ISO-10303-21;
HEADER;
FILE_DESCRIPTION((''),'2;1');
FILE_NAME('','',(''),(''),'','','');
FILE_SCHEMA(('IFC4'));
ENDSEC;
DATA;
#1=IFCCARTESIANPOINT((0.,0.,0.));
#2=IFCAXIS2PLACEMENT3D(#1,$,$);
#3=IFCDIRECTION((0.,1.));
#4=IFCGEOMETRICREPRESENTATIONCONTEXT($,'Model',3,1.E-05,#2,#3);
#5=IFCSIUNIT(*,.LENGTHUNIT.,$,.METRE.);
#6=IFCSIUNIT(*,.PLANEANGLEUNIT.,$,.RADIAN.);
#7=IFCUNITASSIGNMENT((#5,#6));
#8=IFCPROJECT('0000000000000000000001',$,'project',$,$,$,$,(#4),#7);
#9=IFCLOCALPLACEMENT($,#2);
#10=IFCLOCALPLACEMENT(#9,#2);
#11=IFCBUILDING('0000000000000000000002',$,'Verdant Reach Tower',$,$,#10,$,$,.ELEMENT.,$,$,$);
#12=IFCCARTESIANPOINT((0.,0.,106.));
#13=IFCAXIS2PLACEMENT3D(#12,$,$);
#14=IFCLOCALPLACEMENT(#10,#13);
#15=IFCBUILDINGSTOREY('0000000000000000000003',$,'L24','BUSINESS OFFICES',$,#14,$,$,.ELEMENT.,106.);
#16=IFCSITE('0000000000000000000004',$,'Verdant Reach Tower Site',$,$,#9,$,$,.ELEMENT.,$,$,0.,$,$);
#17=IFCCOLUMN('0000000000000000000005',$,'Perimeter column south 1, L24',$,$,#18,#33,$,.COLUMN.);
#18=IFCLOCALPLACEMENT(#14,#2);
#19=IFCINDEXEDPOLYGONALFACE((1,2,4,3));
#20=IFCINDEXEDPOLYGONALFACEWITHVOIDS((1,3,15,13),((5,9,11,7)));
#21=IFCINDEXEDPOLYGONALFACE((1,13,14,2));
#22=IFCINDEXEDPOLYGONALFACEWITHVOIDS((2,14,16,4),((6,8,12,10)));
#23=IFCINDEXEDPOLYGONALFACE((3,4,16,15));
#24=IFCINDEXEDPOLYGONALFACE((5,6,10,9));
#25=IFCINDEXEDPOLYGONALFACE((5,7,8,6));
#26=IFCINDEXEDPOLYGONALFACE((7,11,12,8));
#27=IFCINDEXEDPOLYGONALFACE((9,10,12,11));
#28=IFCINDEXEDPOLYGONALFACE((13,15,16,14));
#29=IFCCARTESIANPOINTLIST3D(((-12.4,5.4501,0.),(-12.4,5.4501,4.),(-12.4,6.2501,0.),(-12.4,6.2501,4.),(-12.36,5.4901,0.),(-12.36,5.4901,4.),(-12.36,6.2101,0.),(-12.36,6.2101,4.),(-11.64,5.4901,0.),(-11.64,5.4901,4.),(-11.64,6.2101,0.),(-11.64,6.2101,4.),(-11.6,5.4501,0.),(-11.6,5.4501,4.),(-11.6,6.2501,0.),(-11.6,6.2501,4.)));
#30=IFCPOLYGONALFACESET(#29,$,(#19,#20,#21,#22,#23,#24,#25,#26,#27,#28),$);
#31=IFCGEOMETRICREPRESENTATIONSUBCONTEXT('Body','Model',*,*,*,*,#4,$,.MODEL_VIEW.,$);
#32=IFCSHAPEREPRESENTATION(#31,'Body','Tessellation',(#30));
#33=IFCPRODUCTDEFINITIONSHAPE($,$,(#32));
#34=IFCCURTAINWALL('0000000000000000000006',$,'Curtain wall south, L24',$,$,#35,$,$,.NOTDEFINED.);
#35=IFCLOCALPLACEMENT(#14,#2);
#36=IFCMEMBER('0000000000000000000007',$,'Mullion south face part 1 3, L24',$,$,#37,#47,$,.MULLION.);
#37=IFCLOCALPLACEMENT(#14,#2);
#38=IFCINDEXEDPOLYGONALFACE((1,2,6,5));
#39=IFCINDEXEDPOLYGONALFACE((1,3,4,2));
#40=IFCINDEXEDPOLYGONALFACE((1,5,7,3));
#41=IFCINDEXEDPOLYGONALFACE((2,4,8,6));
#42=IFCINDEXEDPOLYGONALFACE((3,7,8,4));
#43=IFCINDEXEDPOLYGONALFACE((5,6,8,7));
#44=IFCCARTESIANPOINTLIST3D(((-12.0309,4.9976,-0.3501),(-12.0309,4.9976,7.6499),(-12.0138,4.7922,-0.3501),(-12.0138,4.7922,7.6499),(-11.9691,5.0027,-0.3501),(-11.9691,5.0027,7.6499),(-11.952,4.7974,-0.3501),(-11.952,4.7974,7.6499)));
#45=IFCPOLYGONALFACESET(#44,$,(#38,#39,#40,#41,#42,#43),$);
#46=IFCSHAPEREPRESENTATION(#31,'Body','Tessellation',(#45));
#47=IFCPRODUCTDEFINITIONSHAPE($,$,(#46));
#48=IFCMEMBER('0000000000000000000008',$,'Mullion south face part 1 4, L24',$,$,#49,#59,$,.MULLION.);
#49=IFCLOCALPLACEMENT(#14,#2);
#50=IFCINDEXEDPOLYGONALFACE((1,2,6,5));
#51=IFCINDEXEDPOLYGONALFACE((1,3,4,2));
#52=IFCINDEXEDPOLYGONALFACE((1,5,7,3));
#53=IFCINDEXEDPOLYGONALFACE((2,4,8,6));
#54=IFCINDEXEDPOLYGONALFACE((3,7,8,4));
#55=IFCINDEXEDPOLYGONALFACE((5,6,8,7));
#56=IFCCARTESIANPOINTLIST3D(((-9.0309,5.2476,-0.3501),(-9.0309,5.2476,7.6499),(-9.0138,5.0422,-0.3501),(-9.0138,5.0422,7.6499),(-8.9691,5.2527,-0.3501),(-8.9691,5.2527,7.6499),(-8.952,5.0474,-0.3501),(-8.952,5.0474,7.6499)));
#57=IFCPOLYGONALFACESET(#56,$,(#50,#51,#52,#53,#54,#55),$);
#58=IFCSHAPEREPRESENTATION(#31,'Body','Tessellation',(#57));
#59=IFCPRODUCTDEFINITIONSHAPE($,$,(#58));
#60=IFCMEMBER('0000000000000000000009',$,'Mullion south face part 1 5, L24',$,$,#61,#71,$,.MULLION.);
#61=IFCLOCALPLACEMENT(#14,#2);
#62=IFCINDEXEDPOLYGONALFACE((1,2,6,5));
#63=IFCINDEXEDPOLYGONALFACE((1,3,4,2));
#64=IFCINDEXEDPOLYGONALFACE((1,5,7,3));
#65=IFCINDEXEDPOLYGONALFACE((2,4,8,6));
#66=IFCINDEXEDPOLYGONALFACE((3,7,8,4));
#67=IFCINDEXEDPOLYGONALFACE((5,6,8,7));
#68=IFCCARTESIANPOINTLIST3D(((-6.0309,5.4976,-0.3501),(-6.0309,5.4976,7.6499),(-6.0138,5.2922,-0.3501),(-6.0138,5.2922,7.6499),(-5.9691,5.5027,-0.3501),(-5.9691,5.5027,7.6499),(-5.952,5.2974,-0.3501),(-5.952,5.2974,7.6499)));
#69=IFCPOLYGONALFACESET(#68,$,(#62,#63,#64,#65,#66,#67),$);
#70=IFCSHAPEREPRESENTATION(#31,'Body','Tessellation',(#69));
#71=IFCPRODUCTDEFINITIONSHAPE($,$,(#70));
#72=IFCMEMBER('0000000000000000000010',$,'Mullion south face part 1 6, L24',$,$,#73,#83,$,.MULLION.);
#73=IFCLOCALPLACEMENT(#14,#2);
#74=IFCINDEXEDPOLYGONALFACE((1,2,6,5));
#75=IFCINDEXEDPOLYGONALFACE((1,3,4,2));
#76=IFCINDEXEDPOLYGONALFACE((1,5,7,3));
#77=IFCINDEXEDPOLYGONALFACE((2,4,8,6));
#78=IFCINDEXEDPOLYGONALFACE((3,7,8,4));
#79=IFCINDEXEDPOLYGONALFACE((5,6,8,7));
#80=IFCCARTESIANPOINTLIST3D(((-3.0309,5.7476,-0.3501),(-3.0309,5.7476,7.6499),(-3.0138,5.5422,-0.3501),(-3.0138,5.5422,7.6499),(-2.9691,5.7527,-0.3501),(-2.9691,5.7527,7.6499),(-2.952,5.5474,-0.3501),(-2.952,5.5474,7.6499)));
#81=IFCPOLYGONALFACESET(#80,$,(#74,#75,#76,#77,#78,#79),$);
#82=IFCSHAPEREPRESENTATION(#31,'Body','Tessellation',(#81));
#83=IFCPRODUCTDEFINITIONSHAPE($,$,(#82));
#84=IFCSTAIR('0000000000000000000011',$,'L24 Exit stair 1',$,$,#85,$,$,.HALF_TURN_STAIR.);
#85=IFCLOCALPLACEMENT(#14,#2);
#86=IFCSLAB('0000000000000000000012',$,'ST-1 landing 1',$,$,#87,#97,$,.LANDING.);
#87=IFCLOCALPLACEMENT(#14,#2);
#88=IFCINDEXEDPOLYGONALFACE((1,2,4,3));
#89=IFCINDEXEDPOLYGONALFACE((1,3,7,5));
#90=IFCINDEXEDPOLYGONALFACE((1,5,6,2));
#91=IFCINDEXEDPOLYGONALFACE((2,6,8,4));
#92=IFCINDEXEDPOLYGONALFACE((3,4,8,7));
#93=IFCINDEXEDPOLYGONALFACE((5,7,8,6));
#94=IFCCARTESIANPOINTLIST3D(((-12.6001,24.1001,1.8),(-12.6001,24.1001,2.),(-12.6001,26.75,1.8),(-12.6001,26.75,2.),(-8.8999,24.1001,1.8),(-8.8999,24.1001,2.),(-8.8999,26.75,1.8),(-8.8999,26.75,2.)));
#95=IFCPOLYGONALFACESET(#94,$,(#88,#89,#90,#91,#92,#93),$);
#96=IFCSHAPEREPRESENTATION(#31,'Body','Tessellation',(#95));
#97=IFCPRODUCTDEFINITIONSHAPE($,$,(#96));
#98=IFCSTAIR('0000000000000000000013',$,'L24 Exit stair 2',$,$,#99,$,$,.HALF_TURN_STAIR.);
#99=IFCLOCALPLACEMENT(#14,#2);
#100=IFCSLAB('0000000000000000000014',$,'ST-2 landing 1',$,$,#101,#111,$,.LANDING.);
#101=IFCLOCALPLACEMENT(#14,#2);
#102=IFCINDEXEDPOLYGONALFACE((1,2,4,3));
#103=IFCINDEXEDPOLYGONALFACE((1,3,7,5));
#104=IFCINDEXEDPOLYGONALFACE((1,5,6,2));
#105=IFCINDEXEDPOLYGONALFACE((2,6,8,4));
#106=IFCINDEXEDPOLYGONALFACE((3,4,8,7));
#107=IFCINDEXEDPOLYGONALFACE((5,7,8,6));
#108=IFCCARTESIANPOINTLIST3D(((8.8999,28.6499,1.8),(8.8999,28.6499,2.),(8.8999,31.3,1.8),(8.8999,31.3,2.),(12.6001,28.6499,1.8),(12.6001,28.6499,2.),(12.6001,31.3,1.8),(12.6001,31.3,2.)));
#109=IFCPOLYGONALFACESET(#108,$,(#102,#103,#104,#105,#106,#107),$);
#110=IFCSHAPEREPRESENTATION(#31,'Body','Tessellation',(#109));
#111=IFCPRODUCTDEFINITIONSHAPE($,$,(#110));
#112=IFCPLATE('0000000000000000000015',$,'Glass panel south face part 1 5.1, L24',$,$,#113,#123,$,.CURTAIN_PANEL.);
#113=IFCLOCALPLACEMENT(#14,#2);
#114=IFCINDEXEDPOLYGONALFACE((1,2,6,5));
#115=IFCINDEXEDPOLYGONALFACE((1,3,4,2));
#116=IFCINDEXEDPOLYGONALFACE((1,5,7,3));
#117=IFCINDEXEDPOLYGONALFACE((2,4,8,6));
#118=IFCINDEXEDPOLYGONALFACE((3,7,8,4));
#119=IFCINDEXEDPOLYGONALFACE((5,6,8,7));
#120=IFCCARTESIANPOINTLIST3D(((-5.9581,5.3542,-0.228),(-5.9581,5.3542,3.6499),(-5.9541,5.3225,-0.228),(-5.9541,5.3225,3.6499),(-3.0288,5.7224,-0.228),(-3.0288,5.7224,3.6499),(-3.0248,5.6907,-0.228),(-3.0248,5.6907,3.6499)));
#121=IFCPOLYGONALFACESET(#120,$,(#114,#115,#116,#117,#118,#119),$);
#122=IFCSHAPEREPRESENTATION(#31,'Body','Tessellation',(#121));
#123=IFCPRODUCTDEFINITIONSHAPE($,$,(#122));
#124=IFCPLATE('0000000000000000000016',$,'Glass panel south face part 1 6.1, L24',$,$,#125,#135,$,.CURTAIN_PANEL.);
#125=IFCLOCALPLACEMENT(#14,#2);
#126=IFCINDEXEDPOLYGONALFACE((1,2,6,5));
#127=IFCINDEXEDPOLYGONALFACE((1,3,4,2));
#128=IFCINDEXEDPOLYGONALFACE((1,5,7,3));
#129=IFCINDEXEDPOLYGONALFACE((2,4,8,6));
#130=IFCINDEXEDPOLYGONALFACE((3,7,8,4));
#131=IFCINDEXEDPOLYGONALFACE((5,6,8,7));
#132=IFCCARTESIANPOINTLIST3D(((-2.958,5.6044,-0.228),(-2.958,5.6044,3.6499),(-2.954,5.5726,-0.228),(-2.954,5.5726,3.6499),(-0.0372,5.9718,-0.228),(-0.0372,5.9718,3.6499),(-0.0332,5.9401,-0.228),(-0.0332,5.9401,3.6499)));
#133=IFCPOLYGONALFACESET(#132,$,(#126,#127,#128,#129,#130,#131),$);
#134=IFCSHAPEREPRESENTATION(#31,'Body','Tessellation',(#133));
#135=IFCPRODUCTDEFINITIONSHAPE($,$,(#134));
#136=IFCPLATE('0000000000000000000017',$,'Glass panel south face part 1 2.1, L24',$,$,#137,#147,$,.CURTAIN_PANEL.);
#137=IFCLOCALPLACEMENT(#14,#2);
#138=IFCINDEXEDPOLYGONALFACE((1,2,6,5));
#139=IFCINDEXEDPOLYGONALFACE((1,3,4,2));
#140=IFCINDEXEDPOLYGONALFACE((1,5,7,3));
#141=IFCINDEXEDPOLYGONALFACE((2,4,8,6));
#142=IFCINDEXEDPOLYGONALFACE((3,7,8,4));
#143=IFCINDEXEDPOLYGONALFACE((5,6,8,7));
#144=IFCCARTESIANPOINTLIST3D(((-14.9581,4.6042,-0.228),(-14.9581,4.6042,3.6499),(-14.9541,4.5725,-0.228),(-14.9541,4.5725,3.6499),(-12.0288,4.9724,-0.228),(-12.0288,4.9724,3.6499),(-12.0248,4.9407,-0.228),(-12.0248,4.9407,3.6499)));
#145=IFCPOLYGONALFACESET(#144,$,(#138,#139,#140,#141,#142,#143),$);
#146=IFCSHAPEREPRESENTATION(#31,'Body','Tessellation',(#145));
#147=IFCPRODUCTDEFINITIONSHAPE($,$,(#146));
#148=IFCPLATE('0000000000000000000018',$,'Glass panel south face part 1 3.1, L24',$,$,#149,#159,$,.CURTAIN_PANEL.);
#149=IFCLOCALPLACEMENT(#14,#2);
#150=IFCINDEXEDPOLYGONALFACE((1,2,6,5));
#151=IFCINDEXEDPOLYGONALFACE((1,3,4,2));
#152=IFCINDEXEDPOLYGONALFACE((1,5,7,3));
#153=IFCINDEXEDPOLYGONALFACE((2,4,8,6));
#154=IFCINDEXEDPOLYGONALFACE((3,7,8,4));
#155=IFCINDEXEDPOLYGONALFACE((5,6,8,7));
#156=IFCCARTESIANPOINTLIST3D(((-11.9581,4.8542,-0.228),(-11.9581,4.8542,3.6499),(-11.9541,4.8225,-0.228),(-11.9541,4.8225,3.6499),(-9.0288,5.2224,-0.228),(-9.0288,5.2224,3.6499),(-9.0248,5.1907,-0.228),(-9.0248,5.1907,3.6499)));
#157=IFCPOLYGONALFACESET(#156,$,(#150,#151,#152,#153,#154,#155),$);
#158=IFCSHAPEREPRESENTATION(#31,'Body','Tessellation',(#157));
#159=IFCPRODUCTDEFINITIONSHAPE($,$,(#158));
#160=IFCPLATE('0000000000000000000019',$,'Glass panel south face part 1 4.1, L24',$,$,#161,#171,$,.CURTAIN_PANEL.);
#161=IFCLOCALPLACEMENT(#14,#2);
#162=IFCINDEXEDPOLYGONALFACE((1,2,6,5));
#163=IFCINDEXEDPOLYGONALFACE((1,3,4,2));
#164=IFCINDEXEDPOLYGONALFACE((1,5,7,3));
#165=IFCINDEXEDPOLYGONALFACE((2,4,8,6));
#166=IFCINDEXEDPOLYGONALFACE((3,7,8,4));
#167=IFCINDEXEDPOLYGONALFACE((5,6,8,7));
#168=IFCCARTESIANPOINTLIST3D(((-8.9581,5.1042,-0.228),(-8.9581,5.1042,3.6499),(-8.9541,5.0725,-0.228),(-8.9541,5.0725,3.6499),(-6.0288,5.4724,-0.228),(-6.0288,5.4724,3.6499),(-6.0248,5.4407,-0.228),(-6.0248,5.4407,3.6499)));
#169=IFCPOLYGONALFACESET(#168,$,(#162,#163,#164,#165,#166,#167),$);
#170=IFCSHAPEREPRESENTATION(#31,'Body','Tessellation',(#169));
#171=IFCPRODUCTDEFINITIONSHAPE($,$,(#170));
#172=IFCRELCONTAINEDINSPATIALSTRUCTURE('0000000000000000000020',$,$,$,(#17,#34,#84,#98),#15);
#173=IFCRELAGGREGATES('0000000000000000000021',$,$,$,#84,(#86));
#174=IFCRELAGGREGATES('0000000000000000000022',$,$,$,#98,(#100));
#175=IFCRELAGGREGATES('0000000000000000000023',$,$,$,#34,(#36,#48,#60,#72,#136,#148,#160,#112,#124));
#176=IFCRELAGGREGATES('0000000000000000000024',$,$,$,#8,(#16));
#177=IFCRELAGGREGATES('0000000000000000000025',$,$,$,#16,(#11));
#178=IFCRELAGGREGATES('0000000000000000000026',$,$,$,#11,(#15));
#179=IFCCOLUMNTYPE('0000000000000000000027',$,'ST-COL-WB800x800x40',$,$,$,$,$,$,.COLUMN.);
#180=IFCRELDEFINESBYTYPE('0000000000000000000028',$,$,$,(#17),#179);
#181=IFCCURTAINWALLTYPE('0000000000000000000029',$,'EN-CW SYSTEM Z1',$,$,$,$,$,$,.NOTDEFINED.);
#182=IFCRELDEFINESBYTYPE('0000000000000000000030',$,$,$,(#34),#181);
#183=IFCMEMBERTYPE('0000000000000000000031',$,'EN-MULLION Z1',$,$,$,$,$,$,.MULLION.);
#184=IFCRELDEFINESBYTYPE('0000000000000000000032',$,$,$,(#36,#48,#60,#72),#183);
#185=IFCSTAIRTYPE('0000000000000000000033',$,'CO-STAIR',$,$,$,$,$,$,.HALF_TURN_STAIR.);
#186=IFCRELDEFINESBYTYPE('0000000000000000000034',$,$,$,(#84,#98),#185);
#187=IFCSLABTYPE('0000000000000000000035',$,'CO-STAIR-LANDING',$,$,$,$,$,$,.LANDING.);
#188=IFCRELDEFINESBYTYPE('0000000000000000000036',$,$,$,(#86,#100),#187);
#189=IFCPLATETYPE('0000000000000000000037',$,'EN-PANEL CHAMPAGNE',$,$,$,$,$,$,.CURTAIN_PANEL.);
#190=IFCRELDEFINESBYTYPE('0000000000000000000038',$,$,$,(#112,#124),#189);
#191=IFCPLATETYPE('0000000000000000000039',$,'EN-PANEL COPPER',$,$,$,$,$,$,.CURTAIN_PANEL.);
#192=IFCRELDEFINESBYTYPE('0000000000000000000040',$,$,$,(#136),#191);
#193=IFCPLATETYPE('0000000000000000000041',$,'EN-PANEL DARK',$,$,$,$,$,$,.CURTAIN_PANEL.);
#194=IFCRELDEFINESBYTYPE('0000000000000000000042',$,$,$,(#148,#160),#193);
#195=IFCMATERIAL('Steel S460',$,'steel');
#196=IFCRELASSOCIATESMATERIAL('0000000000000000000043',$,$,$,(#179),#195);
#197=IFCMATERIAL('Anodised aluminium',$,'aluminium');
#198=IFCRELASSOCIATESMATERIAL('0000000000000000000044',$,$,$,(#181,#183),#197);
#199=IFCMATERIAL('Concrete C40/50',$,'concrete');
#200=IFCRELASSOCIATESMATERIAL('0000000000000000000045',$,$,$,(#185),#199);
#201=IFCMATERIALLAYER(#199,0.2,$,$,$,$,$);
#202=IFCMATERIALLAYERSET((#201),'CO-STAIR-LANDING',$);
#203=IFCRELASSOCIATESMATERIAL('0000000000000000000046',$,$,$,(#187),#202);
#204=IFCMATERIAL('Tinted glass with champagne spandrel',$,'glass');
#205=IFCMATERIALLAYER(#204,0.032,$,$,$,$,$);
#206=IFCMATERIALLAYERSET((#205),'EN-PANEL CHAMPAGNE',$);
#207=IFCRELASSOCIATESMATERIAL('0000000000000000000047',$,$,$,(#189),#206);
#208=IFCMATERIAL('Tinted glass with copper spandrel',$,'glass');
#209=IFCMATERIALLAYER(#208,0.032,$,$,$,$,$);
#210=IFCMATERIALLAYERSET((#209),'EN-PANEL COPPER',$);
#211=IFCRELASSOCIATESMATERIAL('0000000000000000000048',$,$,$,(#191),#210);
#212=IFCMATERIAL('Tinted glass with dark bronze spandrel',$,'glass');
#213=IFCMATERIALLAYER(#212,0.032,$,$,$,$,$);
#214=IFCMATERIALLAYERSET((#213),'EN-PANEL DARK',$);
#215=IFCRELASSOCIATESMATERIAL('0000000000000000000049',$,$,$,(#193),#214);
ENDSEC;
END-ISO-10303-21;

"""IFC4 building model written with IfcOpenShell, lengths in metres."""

from ifc_helpers import new_model, si_unit, direction, frame, origin, origin_2d, place, context, subcontext, project, spatial, polyline, rectangle, hollow_rectangle, outline, extrude, material, layer, layer_set, material_profile, profile_set, type_object, element, aggregate, save


model = new_model("IFC4")

# Units and contexts
model_context = context("Model", 3, precision=1e-05, world=origin(), true_north=direction((0.0, 1.0)))
body_context = subcontext(model_context, "Body", "Model", "MODEL_VIEW")
ifc_project = project(units=[si_unit("LENGTHUNIT", "METRE"), si_unit("PLANEANGLEUNIT", "RADIAN")], contexts=[model_context])

# Site, building, storey
site_placement = place(None, origin())
site = spatial("IfcSite", under=ifc_project, at=site_placement, Name="Verdant Reach Tower Site", CompositionType="ELEMENT", RefElevation=0.0)
building_placement = place(site_placement, origin())
building = spatial("IfcBuilding", under=site, at=building_placement, Name="Verdant Reach Tower", CompositionType="ELEMENT")
storey_placement = place(building_placement, frame((0.0, 0.0, 106.0)))
storey = spatial("IfcBuildingStorey", under=building, at=storey_placement, Name="L24", Description="BUSINESS OFFICES", CompositionType="ELEMENT", Elevation=106.0)

# Column
ifc_material_1 = material(Name="Steel S460", Category="steel")
ifc_material_profile_1 = material_profile(ifc_material_1, hollow_rectangle(XDim=0.8, YDim=0.8, WallThickness=0.04, at=origin_2d()), Name="WB 800x800x40")
ifc_profile_set_1 = profile_set([ifc_material_profile_1], Name="Steel S460")
column_type = type_object("IfcColumnType", Name="ST-COL-WB800x800x40", PredefinedType="COLUMN", material=ifc_profile_set_1)
column_placement = place(storey_placement, frame((-12.0, 5.8501, 0.0), z_axis=(0.0, 0.0, 1.0), x_axis=(1.0, 0.0, 0.0)))
element("IfcColumn", 1, at=column_placement, inside=storey, type_object=column_type, Name="Perimeter column south 1, L24", PredefinedType="COLUMN", context=body_context, shape_type="SweptSolid", body=[
    extrude(hollow_rectangle(XDim=0.8, YDim=0.8, WallThickness=0.04, at=origin_2d()), origin(), (0.0, 0.0, 1.0), 4.0),
])

# Curtain wall, members
ifc_material_2 = material(Name="Anodised aluminium", Category="aluminium")
curtain_wall_type = type_object("IfcCurtainWallType", Name="EN-CW SYSTEM Z1", PredefinedType="NOTDEFINED", material=ifc_material_2)
curtain_wall_placement = place(storey_placement, origin())
curtain_wall = element("IfcCurtainWall", 2, at=curtain_wall_placement, inside=storey, type_object=curtain_wall_type, Name="Curtain wall south, L24", PredefinedType="NOTDEFINED")
ifc_material_profile_2 = material_profile(ifc_material_2, rectangle(XDim=0.2061, YDim=0.062, at=origin_2d()), Name="Mullion 62x206")
ifc_profile_set_2 = profile_set([ifc_material_profile_2], Name="Anodised aluminium")
member_type = type_object("IfcMemberType", Name="EN-MULLION Z1", PredefinedType="MULLION", material=ifc_profile_set_2)
member_1_placement = place(storey_placement, frame((-11.9915, 4.8975, -0.3501), z_axis=(0.0, 0.0, 1.0), x_axis=(0.083045, -0.996546, 0.0)))
member_1 = element("IfcMember", 3, at=member_1_placement, type_object=member_type, Name="Mullion south face part 1 3, L24", PredefinedType="MULLION", context=body_context, shape_type="SweptSolid", body=[
    extrude(rectangle(XDim=0.2061, YDim=0.062, at=origin_2d()), origin(), (0.0, 0.0, 1.0), 8.0),
])
member_2_placement = place(storey_placement, frame((-8.9915, 5.1475, -0.3501), z_axis=(0.0, 0.0, 1.0), x_axis=(0.083045, -0.996546, 0.0)))
member_2 = element("IfcMember", 4, at=member_2_placement, type_object=member_type, Name="Mullion south face part 1 4, L24", PredefinedType="MULLION", context=body_context, shape_type="SweptSolid", body=[
    extrude(rectangle(XDim=0.2061, YDim=0.062, at=origin_2d()), origin(), (0.0, 0.0, 1.0), 8.0),
])
member_3_placement = place(storey_placement, frame((-5.9915, 5.3975, -0.3501), z_axis=(0.0, 0.0, 1.0), x_axis=(0.083045, -0.996546, 0.0)))
member_3 = element("IfcMember", 5, at=member_3_placement, type_object=member_type, Name="Mullion south face part 1 5, L24", PredefinedType="MULLION", context=body_context, shape_type="SweptSolid", body=[
    extrude(rectangle(XDim=0.2061, YDim=0.062, at=origin_2d()), origin(), (0.0, 0.0, 1.0), 8.0),
])
member_4_placement = place(storey_placement, frame((-2.9915, 5.6475, -0.3501), z_axis=(0.0, 0.0, 1.0), x_axis=(0.083045, -0.996546, 0.0)))
member_4 = element("IfcMember", 6, at=member_4_placement, type_object=member_type, Name="Mullion south face part 1 6, L24", PredefinedType="MULLION", context=body_context, shape_type="SweptSolid", body=[
    extrude(rectangle(XDim=0.2061, YDim=0.062, at=origin_2d()), origin(), (0.0, 0.0, 1.0), 8.0),
])

# Stairs, slabs
ifc_material_3 = material(Name="Concrete C40/50", Category="concrete")
stair_type = type_object("IfcStairType", Name="CO-STAIR", PredefinedType="HALF_TURN_STAIR", material=ifc_material_3)
stair_1_placement = place(storey_placement, origin())
stair_1 = element("IfcStair", 7, at=stair_1_placement, inside=storey, type_object=stair_type, Name="L24 Exit stair 1", PredefinedType="HALF_TURN_STAIR")
ifc_layer_1 = layer(ifc_material_3, 0.2)
ifc_layer_set_1 = layer_set([ifc_layer_1], Name="CO-STAIR-LANDING")
slab_type_1 = type_object("IfcSlabType", Name="CO-STAIR-LANDING", PredefinedType="LANDING", material=ifc_layer_set_1)
slab_1_placement = place(storey_placement, frame((0.0, 0.0, 1.8)))
slab_1 = element("IfcSlab", 8, at=slab_1_placement, type_object=slab_type_1, Name="ST-1 landing 1", PredefinedType="LANDING", context=body_context, shape_type="SweptSolid", body=[
    extrude(outline(polyline([(-12.6001, 26.75), (-12.6001, 24.1001), (-8.8999, 24.1001), (-8.8999, 26.75), (-12.6001, 26.75)])), origin(), (0.0, 0.0, 1.0), 0.2),
])
aggregate(stair_1, [slab_1])
stair_2_placement = place(storey_placement, origin())
stair_2 = element("IfcStair", 9, at=stair_2_placement, inside=storey, type_object=stair_type, Name="L24 Exit stair 2", PredefinedType="HALF_TURN_STAIR")
slab_2_placement = place(storey_placement, frame((0.0, 0.0, 1.8)))
slab_2 = element("IfcSlab", 10, at=slab_2_placement, type_object=slab_type_1, Name="ST-2 landing 1", PredefinedType="LANDING", context=body_context, shape_type="SweptSolid", body=[
    extrude(outline(polyline([(12.6001, 28.6499), (12.6001, 31.3), (8.8999, 31.3), (8.8999, 28.6499), (12.6001, 28.6499)])), origin(), (0.0, 0.0, 1.0), 0.2),
])
aggregate(stair_2, [slab_2])

# Plates
ifc_material_4 = material(Name="Tinted glass with champagne spandrel", Category="glass")
ifc_layer_2 = layer(ifc_material_4, 0.032)
ifc_layer_set_2 = layer_set([ifc_layer_2], Name="EN-PANEL CHAMPAGNE")
plate_type_1 = type_object("IfcPlateType", Name="EN-PANEL CHAMPAGNE", PredefinedType="CURTAIN_PANEL", material=ifc_layer_set_2)
plate_1_placement = place(storey_placement, frame((-4.4915, 5.5225, -0.228), z_axis=(0.0, 0.0, 1.0), x_axis=(0.992194, 0.124704, 0.0)))
plate_1 = element("IfcPlate", 11, at=plate_1_placement, type_object=plate_type_1, Name="Glass panel south face part 1 5.1, L24", PredefinedType="CURTAIN_PANEL", context=body_context, shape_type="SweptSolid", body=[
    extrude(rectangle(XDim=2.9524, YDim=0.032, at=origin_2d()), origin(), (0.0, 0.0, 1.0), 3.8779),
])
plate_2_placement = place(storey_placement, frame((-1.4956, 5.7722, -0.228), z_axis=(0.0, 0.0, 1.0), x_axis=(0.992179, 0.124821, 0.0)))
plate_2 = element("IfcPlate", 12, at=plate_2_placement, type_object=plate_type_1, Name="Glass panel south face part 1 6.1, L24", PredefinedType="CURTAIN_PANEL", context=body_context, shape_type="SweptSolid", body=[
    extrude(rectangle(XDim=2.9438, YDim=0.032, at=origin_2d()), origin(), (0.0, 0.0, 1.0), 3.8779),
])
ifc_material_5 = material(Name="Tinted glass with copper spandrel", Category="glass")
ifc_layer_3 = layer(ifc_material_5, 0.032)
ifc_layer_set_3 = layer_set([ifc_layer_3], Name="EN-PANEL COPPER")
plate_type_2 = type_object("IfcPlateType", Name="EN-PANEL COPPER", PredefinedType="CURTAIN_PANEL", material=ifc_layer_set_3)
plate_3_placement = place(storey_placement, frame((-13.4915, 4.7725, -0.228), z_axis=(0.0, 0.0, 1.0), x_axis=(0.992194, 0.124704, 0.0)))
plate_3 = element("IfcPlate", 13, at=plate_3_placement, type_object=plate_type_2, Name="Glass panel south face part 1 2.1, L24", PredefinedType="CURTAIN_PANEL", context=body_context, shape_type="SweptSolid", body=[
    extrude(rectangle(XDim=2.9524, YDim=0.032, at=origin_2d()), origin(), (0.0, 0.0, 1.0), 3.8779),
])
ifc_material_6 = material(Name="Tinted glass with dark bronze spandrel", Category="glass")
ifc_layer_4 = layer(ifc_material_6, 0.032)
ifc_layer_set_4 = layer_set([ifc_layer_4], Name="EN-PANEL DARK")
plate_type_3 = type_object("IfcPlateType", Name="EN-PANEL DARK", PredefinedType="CURTAIN_PANEL", material=ifc_layer_set_4)
plate_4_placement = place(storey_placement, frame((-10.4915, 5.0225, -0.228), z_axis=(0.0, 0.0, 1.0), x_axis=(0.992194, 0.124704, 0.0)))
plate_4 = element("IfcPlate", 14, at=plate_4_placement, type_object=plate_type_3, Name="Glass panel south face part 1 3.1, L24", PredefinedType="CURTAIN_PANEL", context=body_context, shape_type="SweptSolid", body=[
    extrude(rectangle(XDim=2.9524, YDim=0.032, at=origin_2d()), origin(), (0.0, 0.0, 1.0), 3.8779),
])
plate_5_placement = place(storey_placement, frame((-7.4915, 5.2725, -0.228), z_axis=(0.0, 0.0, 1.0), x_axis=(0.992194, 0.124704, 0.0)))
plate_5 = element("IfcPlate", 15, at=plate_5_placement, type_object=plate_type_3, Name="Glass panel south face part 1 4.1, L24", PredefinedType="CURTAIN_PANEL", context=body_context, shape_type="SweptSolid", body=[
    extrude(rectangle(XDim=2.9524, YDim=0.032, at=origin_2d()), origin(), (0.0, 0.0, 1.0), 3.8779),
])
aggregate(curtain_wall, [member_1, member_2, member_3, member_4, plate_3, plate_4, plate_5, plate_1, plate_2])

save(model, "model.ifc")
